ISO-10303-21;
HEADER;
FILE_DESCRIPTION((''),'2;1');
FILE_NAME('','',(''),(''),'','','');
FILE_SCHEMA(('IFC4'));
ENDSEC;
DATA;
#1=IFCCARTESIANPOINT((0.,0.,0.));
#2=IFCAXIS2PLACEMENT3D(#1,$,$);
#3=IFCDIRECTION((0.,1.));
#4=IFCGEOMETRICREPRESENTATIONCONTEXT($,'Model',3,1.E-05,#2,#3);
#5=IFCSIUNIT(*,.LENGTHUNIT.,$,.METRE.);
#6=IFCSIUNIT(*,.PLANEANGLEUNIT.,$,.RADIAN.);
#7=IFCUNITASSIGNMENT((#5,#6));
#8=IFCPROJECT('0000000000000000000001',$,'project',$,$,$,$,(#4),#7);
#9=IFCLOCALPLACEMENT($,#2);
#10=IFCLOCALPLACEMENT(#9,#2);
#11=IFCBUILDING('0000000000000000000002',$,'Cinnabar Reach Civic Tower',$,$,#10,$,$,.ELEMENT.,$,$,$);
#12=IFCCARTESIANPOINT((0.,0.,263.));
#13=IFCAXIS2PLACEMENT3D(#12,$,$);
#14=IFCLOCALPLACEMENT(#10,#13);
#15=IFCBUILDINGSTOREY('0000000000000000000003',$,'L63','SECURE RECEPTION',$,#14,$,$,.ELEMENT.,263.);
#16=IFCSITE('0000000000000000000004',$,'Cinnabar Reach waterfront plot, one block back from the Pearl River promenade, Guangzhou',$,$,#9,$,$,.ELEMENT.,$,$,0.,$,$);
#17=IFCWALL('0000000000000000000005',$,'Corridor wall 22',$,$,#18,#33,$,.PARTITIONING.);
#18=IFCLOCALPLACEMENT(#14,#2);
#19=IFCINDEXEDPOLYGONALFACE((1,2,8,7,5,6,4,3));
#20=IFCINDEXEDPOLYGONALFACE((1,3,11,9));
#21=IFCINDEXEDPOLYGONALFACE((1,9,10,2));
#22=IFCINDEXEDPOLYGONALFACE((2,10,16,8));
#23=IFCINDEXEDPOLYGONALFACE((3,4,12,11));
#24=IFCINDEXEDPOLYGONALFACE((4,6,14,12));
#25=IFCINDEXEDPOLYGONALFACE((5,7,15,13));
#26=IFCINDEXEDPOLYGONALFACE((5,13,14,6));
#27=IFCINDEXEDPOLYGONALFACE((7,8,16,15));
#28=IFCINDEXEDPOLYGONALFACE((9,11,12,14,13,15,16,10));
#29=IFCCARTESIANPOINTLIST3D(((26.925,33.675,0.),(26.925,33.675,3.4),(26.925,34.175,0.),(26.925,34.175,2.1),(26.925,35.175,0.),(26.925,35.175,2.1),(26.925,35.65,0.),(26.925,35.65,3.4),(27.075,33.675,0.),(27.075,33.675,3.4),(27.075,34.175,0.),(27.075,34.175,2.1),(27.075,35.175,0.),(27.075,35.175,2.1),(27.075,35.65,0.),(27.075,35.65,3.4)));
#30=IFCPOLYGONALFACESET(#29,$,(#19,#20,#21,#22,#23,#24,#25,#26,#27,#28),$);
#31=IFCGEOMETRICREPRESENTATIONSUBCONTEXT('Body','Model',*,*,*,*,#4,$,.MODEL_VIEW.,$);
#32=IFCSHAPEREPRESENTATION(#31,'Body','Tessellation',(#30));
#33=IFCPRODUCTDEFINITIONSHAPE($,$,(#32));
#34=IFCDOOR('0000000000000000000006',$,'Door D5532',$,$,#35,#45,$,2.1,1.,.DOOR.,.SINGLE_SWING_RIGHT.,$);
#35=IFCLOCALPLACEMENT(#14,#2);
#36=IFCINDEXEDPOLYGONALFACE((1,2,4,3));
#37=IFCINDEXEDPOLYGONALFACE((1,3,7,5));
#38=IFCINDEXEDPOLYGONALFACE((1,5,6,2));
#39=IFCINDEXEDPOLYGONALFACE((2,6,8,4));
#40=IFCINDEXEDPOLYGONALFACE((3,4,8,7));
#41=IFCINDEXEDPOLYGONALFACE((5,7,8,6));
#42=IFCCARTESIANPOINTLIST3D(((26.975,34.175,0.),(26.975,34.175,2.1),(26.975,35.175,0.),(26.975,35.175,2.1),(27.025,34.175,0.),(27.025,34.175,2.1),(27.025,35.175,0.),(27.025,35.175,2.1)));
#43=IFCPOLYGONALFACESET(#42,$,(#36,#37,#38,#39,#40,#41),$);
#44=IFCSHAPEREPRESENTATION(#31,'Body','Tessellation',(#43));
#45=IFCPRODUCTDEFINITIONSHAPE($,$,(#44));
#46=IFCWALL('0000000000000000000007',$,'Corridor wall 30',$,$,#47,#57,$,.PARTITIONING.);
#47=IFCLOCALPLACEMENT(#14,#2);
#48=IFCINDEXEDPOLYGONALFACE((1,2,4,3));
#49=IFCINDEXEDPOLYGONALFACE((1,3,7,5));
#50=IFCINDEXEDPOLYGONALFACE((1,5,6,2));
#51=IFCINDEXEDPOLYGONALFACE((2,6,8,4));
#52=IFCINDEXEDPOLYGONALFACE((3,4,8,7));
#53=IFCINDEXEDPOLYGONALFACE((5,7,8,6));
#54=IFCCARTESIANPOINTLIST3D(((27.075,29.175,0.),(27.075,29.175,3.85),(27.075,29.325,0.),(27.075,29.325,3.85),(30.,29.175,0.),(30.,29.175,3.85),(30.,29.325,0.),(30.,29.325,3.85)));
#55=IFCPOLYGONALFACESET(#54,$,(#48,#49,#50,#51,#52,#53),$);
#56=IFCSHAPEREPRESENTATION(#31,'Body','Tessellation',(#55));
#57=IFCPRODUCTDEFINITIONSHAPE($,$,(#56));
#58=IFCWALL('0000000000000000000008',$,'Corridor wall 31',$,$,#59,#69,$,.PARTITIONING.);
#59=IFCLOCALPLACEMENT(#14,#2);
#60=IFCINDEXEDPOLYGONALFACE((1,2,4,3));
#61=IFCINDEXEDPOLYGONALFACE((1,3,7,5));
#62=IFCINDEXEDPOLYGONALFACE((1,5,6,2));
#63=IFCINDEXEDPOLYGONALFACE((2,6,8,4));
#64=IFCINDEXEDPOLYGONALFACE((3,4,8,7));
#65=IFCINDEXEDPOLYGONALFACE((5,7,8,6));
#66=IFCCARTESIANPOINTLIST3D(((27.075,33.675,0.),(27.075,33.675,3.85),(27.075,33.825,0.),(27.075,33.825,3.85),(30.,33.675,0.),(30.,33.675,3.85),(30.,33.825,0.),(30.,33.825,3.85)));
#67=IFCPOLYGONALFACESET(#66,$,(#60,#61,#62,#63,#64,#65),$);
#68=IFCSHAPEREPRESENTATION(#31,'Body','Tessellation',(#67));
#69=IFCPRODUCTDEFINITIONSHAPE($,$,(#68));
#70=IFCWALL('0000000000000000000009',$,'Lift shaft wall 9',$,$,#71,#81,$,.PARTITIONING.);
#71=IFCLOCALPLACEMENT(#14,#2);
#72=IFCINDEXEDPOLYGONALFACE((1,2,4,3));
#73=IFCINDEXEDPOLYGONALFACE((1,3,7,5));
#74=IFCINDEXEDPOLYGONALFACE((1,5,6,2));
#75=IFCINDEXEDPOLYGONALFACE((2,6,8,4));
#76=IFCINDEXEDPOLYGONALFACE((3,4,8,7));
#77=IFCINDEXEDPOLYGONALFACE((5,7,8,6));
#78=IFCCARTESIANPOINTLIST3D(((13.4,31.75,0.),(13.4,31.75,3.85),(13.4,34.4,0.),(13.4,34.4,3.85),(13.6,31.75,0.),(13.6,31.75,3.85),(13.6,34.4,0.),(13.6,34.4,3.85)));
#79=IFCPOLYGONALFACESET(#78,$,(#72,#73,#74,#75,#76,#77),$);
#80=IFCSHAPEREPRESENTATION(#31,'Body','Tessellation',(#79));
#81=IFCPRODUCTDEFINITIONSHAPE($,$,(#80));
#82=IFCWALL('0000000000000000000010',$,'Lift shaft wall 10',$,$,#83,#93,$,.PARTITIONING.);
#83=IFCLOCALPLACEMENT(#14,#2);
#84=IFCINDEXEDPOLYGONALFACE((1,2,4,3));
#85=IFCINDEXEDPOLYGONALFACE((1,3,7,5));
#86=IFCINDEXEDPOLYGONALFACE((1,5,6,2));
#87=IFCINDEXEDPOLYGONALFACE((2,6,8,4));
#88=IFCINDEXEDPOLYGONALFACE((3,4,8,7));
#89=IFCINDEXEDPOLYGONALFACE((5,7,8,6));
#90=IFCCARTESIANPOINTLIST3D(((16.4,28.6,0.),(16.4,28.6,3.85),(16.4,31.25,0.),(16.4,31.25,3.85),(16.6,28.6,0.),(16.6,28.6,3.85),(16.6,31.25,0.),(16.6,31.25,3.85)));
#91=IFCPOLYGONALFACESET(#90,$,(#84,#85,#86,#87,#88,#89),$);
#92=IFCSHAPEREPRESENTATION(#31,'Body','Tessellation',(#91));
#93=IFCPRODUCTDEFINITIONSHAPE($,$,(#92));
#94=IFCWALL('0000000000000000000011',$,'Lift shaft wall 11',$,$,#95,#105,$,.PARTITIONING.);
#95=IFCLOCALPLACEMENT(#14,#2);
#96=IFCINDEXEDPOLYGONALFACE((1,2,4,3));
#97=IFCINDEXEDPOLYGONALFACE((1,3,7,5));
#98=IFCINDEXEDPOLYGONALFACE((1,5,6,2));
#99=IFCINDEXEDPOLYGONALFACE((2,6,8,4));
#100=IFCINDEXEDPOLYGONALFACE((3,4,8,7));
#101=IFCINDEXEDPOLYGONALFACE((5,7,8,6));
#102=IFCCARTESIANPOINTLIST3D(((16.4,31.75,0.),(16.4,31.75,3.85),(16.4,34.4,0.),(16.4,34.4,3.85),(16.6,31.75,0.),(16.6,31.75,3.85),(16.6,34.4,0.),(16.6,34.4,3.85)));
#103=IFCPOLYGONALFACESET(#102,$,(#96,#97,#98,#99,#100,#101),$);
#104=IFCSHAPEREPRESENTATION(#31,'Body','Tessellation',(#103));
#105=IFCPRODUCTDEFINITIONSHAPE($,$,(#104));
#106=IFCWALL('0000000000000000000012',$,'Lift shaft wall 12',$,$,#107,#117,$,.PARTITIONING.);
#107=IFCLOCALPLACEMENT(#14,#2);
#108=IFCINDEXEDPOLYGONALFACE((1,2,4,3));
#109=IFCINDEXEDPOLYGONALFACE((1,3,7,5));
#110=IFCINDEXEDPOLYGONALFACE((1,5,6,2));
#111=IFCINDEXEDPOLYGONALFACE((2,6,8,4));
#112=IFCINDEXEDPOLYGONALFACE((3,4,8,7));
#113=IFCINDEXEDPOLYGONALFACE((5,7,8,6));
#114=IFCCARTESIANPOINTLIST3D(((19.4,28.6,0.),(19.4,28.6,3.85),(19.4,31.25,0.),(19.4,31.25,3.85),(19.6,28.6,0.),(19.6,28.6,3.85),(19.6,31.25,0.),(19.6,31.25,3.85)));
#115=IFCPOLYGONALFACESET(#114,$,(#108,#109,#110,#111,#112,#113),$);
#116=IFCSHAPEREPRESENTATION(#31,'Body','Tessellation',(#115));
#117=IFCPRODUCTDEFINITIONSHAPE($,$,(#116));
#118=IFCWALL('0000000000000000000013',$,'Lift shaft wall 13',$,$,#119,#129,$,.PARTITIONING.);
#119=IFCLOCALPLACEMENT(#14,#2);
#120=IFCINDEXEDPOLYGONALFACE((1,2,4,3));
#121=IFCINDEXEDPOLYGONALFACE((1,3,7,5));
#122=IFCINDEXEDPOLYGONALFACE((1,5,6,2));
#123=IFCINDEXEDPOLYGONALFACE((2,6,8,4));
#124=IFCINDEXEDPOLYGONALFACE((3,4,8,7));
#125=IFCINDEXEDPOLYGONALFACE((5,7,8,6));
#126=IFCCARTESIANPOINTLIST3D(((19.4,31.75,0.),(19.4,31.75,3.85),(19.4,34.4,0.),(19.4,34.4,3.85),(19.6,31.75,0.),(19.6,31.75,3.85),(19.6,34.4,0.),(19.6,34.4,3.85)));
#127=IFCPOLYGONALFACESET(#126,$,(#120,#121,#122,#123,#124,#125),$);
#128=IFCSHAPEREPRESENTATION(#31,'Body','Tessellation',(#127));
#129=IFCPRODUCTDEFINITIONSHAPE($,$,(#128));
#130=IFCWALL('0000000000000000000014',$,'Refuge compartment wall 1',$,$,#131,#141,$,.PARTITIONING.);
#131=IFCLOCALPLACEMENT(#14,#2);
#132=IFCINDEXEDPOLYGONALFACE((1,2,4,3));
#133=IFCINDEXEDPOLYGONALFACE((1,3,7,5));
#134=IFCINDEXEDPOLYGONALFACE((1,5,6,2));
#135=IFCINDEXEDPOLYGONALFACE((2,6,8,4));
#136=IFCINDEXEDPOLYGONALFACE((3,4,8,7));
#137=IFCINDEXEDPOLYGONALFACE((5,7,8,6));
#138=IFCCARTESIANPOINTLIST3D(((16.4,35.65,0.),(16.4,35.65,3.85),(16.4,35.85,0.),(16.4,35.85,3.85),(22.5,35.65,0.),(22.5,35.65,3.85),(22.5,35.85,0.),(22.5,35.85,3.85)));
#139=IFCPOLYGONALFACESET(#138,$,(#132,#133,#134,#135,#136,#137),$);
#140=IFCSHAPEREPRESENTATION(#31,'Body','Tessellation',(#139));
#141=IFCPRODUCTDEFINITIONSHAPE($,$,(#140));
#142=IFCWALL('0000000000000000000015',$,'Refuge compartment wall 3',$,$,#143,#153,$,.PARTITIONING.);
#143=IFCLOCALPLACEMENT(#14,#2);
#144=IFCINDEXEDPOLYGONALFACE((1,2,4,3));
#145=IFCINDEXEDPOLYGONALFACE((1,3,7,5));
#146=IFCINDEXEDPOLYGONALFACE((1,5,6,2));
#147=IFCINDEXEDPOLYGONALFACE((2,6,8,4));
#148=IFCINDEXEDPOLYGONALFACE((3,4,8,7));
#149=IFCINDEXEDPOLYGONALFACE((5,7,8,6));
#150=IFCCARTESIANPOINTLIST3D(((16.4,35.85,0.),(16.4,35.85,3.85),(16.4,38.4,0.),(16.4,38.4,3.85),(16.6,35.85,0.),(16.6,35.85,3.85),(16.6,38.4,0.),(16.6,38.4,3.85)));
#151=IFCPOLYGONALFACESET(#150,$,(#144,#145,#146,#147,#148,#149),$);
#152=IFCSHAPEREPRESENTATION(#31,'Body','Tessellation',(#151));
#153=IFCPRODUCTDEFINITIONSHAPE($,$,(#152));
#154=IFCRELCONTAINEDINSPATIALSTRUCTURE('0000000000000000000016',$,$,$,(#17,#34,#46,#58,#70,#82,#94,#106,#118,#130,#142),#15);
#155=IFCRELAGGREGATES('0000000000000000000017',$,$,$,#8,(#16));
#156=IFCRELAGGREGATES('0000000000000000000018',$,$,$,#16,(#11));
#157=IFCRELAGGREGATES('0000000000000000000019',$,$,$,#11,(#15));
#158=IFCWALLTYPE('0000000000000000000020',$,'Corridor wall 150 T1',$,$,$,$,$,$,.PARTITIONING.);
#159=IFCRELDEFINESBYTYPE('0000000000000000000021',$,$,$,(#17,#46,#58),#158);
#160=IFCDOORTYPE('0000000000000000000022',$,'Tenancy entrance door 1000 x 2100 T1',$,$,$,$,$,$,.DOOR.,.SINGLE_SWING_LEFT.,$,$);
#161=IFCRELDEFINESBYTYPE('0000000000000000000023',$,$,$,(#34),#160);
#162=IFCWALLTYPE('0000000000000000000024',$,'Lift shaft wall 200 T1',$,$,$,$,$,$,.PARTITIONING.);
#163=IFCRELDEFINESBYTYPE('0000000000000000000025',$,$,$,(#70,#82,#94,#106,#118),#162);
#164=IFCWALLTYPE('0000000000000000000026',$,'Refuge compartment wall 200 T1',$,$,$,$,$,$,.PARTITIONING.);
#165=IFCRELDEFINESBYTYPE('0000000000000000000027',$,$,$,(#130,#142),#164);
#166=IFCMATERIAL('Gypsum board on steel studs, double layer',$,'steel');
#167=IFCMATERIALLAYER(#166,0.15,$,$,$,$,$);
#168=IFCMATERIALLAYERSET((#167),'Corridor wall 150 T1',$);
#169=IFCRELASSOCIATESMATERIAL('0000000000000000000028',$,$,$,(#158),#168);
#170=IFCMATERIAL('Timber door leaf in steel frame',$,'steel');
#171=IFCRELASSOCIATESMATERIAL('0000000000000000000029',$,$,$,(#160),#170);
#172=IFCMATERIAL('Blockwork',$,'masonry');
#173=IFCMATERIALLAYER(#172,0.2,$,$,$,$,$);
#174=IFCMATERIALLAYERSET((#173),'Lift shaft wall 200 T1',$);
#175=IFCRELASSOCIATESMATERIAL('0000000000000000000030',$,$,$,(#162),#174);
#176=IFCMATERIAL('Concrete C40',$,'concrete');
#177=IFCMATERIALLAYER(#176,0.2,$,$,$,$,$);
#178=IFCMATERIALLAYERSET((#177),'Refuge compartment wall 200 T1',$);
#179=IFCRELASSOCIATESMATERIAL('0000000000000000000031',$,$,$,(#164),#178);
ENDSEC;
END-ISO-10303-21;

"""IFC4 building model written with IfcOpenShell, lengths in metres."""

from ifc_helpers import new_model, si_unit, direction, frame, frame_2d, origin, place, context, subcontext, project, spatial, rectangle, extrude, material, layer, layer_set, type_object, element, fill, save


model = new_model("IFC4")

# Units and contexts
model_context = context("Model", 3, precision=1e-05, world=origin(), true_north=direction((0.0, 1.0)))
body_context = subcontext(model_context, "Body", "Model", "MODEL_VIEW")
ifc_project = project(units=[si_unit("LENGTHUNIT", "METRE"), si_unit("PLANEANGLEUNIT", "RADIAN")], contexts=[model_context])

# Site, building, storey
site_placement = place(None, origin())
site = spatial("IfcSite", under=ifc_project, at=site_placement, Name="Cinnabar Reach waterfront plot, one block back from the Pearl River promenade, Guangzhou", CompositionType="ELEMENT", RefElevation=0.0)
building_placement = place(site_placement, origin())
building = spatial("IfcBuilding", under=site, at=building_placement, Name="Cinnabar Reach Civic Tower", CompositionType="ELEMENT")
storey_placement = place(building_placement, frame((0.0, 0.0, 263.0)))
storey = spatial("IfcBuildingStorey", under=building, at=storey_placement, Name="L63", Description="SECURE RECEPTION", CompositionType="ELEMENT", Elevation=263.0)

# Shared definitions
ifc_material_1 = material(Name="Timber door leaf in steel frame", Category="steel")

# Wall, opening, door
ifc_material_2 = material(Name="Gypsum board on steel studs, double layer", Category="steel")
ifc_layer_1 = layer(ifc_material_2, 0.15)
ifc_layer_set_1 = layer_set([ifc_layer_1], Name="Corridor wall 150 T1")
wall_type_1 = type_object("IfcWallType", Name="Corridor wall 150 T1", PredefinedType="PARTITIONING", material=ifc_layer_set_1)
wall_1_placement = place(storey_placement, frame((27.0, 33.675, 0.0), z_axis=(0.0, 0.0, 1.0), x_axis=(0.0, 1.0, 0.0)))
wall_1 = element("IfcWall", 1, at=wall_1_placement, inside=storey, type_object=wall_type_1, Name="Corridor wall 22", PredefinedType="PARTITIONING", context=body_context, shape_type="SweptSolid", body=[
    extrude(rectangle(XDim=1.975, YDim=0.15, at=frame_2d((0.9875, 0.0))), origin(), (0.0, 0.0, 1.0), 3.4),
])
opening_1_placement = place(wall_1_placement, frame((0.5, 0.0, 0.0)))
opening_1 = element("IfcOpeningElement", 2, at=opening_1_placement, cuts=wall_1, PredefinedType="OPENING", context=body_context, shape_type="SweptSolid", body=[
    extrude(rectangle(XDim=1.0, YDim=2.1, at=frame_2d((0.5, 1.05))), frame((0.0, 0.085, 0.0), z_axis=(0.0, -1.0, 0.0), x_axis=(1.0, 0.0, 0.0)), (0.0, 0.0, 1.0), 0.17),
])
door_type_1 = type_object("IfcDoorType", Name="Tenancy entrance door 1000 x 2100 T1", OperationType="SINGLE_SWING_LEFT", PredefinedType="DOOR", material=ifc_material_1)
door_1_placement = place(opening_1_placement, frame((1.0, 0.0, 0.0), z_axis=(0.0, 0.0, 1.0), x_axis=(-1.0, 0.0, 0.0)))
door_1 = element("IfcDoor", 3, at=door_1_placement, inside=storey, type_object=door_type_1, Name="Door D5532", OperationType="SINGLE_SWING_RIGHT", OverallHeight=2.1, OverallWidth=1.0, PredefinedType="DOOR", context=body_context, shape_type="SweptSolid", body=[
    extrude(rectangle(XDim=1.0, YDim=2.1, at=frame_2d((0.5, 1.05))), frame((0.0, 0.025, 0.0), z_axis=(0.0, -1.0, 0.0), x_axis=(1.0, 0.0, 0.0)), (0.0, 0.0, 1.0), 0.05),
])
fill(opening_1, door_1)

# Walls
for number, where, z_axis, x_axis, name in (
    (4, (27.075, 29.25, 0.0), (0.0, 0.0, 1.0), (1.0, 0.0, 0.0), "Corridor wall 30"),
    (5, (27.075, 33.75, 0.0), (0.0, 0.0, 1.0), (1.0, 0.0, 0.0), "Corridor wall 31"),
):
    element("IfcWall", number, at=place(storey_placement, frame(where, z_axis=z_axis, x_axis=x_axis)), inside=storey, type_object=wall_type_1, Name=name, PredefinedType="PARTITIONING", context=body_context, shape_type="SweptSolid", body=[
        extrude(rectangle(XDim=2.925, YDim=0.15, at=frame_2d((1.4625, 0.0))), origin(), (0.0, 0.0, 1.0), 3.85),
    ])
ifc_material_3 = material(Name="Blockwork", Category="masonry")
ifc_layer_2 = layer(ifc_material_3, 0.2)
ifc_layer_set_2 = layer_set([ifc_layer_2], Name="Lift shaft wall 200 T1")
wall_type_2 = type_object("IfcWallType", Name="Lift shaft wall 200 T1", PredefinedType="PARTITIONING", material=ifc_layer_set_2)
for number, where, z_axis, x_axis, name in (
    (6, (13.5, 31.75, 0.0), (0.0, 0.0, 1.0), (0.0, 1.0, 0.0), "Lift shaft wall 9"),
    (7, (16.5, 28.6, 0.0), (0.0, 0.0, 1.0), (0.0, 1.0, 0.0), "Lift shaft wall 10"),
    (8, (16.5, 31.75, 0.0), (0.0, 0.0, 1.0), (0.0, 1.0, 0.0), "Lift shaft wall 11"),
    (9, (19.5, 28.6, 0.0), (0.0, 0.0, 1.0), (0.0, 1.0, 0.0), "Lift shaft wall 12"),
    (10, (19.5, 31.75, 0.0), (0.0, 0.0, 1.0), (0.0, 1.0, 0.0), "Lift shaft wall 13"),
):
    element("IfcWall", number, at=place(storey_placement, frame(where, z_axis=z_axis, x_axis=x_axis)), inside=storey, type_object=wall_type_2, Name=name, PredefinedType="PARTITIONING", context=body_context, shape_type="SweptSolid", body=[
        extrude(rectangle(XDim=2.65, YDim=0.2, at=frame_2d((1.325, 0.0))), origin(), (0.0, 0.0, 1.0), 3.85),
    ])
ifc_material_4 = material(Name="Concrete C40", Category="concrete")
ifc_layer_3 = layer(ifc_material_4, 0.2)
ifc_layer_set_3 = layer_set([ifc_layer_3], Name="Refuge compartment wall 200 T1")
wall_type_3 = type_object("IfcWallType", Name="Refuge compartment wall 200 T1", PredefinedType="PARTITIONING", material=ifc_layer_set_3)
wall_2_placement = place(storey_placement, frame((16.4, 35.75, 0.0), z_axis=(0.0, 0.0, 1.0), x_axis=(1.0, 0.0, 0.0)))
element("IfcWall", 11, at=wall_2_placement, inside=storey, type_object=wall_type_3, Name="Refuge compartment wall 1", PredefinedType="PARTITIONING", context=body_context, shape_type="SweptSolid", body=[
    extrude(rectangle(XDim=6.1, YDim=0.2, at=frame_2d((3.05, 0.0))), origin(), (0.0, 0.0, 1.0), 3.85),
])
wall_3_placement = place(storey_placement, frame((16.5, 35.85, 0.0), z_axis=(0.0, 0.0, 1.0), x_axis=(0.0, 1.0, 0.0)))
element("IfcWall", 12, at=wall_3_placement, inside=storey, type_object=wall_type_3, Name="Refuge compartment wall 3", PredefinedType="PARTITIONING", context=body_context, shape_type="SweptSolid", body=[
    extrude(rectangle(XDim=2.55, YDim=0.2, at=frame_2d((1.275, 0.0))), origin(), (0.0, 0.0, 1.0), 3.85),
])

save(model, "model.ifc")
